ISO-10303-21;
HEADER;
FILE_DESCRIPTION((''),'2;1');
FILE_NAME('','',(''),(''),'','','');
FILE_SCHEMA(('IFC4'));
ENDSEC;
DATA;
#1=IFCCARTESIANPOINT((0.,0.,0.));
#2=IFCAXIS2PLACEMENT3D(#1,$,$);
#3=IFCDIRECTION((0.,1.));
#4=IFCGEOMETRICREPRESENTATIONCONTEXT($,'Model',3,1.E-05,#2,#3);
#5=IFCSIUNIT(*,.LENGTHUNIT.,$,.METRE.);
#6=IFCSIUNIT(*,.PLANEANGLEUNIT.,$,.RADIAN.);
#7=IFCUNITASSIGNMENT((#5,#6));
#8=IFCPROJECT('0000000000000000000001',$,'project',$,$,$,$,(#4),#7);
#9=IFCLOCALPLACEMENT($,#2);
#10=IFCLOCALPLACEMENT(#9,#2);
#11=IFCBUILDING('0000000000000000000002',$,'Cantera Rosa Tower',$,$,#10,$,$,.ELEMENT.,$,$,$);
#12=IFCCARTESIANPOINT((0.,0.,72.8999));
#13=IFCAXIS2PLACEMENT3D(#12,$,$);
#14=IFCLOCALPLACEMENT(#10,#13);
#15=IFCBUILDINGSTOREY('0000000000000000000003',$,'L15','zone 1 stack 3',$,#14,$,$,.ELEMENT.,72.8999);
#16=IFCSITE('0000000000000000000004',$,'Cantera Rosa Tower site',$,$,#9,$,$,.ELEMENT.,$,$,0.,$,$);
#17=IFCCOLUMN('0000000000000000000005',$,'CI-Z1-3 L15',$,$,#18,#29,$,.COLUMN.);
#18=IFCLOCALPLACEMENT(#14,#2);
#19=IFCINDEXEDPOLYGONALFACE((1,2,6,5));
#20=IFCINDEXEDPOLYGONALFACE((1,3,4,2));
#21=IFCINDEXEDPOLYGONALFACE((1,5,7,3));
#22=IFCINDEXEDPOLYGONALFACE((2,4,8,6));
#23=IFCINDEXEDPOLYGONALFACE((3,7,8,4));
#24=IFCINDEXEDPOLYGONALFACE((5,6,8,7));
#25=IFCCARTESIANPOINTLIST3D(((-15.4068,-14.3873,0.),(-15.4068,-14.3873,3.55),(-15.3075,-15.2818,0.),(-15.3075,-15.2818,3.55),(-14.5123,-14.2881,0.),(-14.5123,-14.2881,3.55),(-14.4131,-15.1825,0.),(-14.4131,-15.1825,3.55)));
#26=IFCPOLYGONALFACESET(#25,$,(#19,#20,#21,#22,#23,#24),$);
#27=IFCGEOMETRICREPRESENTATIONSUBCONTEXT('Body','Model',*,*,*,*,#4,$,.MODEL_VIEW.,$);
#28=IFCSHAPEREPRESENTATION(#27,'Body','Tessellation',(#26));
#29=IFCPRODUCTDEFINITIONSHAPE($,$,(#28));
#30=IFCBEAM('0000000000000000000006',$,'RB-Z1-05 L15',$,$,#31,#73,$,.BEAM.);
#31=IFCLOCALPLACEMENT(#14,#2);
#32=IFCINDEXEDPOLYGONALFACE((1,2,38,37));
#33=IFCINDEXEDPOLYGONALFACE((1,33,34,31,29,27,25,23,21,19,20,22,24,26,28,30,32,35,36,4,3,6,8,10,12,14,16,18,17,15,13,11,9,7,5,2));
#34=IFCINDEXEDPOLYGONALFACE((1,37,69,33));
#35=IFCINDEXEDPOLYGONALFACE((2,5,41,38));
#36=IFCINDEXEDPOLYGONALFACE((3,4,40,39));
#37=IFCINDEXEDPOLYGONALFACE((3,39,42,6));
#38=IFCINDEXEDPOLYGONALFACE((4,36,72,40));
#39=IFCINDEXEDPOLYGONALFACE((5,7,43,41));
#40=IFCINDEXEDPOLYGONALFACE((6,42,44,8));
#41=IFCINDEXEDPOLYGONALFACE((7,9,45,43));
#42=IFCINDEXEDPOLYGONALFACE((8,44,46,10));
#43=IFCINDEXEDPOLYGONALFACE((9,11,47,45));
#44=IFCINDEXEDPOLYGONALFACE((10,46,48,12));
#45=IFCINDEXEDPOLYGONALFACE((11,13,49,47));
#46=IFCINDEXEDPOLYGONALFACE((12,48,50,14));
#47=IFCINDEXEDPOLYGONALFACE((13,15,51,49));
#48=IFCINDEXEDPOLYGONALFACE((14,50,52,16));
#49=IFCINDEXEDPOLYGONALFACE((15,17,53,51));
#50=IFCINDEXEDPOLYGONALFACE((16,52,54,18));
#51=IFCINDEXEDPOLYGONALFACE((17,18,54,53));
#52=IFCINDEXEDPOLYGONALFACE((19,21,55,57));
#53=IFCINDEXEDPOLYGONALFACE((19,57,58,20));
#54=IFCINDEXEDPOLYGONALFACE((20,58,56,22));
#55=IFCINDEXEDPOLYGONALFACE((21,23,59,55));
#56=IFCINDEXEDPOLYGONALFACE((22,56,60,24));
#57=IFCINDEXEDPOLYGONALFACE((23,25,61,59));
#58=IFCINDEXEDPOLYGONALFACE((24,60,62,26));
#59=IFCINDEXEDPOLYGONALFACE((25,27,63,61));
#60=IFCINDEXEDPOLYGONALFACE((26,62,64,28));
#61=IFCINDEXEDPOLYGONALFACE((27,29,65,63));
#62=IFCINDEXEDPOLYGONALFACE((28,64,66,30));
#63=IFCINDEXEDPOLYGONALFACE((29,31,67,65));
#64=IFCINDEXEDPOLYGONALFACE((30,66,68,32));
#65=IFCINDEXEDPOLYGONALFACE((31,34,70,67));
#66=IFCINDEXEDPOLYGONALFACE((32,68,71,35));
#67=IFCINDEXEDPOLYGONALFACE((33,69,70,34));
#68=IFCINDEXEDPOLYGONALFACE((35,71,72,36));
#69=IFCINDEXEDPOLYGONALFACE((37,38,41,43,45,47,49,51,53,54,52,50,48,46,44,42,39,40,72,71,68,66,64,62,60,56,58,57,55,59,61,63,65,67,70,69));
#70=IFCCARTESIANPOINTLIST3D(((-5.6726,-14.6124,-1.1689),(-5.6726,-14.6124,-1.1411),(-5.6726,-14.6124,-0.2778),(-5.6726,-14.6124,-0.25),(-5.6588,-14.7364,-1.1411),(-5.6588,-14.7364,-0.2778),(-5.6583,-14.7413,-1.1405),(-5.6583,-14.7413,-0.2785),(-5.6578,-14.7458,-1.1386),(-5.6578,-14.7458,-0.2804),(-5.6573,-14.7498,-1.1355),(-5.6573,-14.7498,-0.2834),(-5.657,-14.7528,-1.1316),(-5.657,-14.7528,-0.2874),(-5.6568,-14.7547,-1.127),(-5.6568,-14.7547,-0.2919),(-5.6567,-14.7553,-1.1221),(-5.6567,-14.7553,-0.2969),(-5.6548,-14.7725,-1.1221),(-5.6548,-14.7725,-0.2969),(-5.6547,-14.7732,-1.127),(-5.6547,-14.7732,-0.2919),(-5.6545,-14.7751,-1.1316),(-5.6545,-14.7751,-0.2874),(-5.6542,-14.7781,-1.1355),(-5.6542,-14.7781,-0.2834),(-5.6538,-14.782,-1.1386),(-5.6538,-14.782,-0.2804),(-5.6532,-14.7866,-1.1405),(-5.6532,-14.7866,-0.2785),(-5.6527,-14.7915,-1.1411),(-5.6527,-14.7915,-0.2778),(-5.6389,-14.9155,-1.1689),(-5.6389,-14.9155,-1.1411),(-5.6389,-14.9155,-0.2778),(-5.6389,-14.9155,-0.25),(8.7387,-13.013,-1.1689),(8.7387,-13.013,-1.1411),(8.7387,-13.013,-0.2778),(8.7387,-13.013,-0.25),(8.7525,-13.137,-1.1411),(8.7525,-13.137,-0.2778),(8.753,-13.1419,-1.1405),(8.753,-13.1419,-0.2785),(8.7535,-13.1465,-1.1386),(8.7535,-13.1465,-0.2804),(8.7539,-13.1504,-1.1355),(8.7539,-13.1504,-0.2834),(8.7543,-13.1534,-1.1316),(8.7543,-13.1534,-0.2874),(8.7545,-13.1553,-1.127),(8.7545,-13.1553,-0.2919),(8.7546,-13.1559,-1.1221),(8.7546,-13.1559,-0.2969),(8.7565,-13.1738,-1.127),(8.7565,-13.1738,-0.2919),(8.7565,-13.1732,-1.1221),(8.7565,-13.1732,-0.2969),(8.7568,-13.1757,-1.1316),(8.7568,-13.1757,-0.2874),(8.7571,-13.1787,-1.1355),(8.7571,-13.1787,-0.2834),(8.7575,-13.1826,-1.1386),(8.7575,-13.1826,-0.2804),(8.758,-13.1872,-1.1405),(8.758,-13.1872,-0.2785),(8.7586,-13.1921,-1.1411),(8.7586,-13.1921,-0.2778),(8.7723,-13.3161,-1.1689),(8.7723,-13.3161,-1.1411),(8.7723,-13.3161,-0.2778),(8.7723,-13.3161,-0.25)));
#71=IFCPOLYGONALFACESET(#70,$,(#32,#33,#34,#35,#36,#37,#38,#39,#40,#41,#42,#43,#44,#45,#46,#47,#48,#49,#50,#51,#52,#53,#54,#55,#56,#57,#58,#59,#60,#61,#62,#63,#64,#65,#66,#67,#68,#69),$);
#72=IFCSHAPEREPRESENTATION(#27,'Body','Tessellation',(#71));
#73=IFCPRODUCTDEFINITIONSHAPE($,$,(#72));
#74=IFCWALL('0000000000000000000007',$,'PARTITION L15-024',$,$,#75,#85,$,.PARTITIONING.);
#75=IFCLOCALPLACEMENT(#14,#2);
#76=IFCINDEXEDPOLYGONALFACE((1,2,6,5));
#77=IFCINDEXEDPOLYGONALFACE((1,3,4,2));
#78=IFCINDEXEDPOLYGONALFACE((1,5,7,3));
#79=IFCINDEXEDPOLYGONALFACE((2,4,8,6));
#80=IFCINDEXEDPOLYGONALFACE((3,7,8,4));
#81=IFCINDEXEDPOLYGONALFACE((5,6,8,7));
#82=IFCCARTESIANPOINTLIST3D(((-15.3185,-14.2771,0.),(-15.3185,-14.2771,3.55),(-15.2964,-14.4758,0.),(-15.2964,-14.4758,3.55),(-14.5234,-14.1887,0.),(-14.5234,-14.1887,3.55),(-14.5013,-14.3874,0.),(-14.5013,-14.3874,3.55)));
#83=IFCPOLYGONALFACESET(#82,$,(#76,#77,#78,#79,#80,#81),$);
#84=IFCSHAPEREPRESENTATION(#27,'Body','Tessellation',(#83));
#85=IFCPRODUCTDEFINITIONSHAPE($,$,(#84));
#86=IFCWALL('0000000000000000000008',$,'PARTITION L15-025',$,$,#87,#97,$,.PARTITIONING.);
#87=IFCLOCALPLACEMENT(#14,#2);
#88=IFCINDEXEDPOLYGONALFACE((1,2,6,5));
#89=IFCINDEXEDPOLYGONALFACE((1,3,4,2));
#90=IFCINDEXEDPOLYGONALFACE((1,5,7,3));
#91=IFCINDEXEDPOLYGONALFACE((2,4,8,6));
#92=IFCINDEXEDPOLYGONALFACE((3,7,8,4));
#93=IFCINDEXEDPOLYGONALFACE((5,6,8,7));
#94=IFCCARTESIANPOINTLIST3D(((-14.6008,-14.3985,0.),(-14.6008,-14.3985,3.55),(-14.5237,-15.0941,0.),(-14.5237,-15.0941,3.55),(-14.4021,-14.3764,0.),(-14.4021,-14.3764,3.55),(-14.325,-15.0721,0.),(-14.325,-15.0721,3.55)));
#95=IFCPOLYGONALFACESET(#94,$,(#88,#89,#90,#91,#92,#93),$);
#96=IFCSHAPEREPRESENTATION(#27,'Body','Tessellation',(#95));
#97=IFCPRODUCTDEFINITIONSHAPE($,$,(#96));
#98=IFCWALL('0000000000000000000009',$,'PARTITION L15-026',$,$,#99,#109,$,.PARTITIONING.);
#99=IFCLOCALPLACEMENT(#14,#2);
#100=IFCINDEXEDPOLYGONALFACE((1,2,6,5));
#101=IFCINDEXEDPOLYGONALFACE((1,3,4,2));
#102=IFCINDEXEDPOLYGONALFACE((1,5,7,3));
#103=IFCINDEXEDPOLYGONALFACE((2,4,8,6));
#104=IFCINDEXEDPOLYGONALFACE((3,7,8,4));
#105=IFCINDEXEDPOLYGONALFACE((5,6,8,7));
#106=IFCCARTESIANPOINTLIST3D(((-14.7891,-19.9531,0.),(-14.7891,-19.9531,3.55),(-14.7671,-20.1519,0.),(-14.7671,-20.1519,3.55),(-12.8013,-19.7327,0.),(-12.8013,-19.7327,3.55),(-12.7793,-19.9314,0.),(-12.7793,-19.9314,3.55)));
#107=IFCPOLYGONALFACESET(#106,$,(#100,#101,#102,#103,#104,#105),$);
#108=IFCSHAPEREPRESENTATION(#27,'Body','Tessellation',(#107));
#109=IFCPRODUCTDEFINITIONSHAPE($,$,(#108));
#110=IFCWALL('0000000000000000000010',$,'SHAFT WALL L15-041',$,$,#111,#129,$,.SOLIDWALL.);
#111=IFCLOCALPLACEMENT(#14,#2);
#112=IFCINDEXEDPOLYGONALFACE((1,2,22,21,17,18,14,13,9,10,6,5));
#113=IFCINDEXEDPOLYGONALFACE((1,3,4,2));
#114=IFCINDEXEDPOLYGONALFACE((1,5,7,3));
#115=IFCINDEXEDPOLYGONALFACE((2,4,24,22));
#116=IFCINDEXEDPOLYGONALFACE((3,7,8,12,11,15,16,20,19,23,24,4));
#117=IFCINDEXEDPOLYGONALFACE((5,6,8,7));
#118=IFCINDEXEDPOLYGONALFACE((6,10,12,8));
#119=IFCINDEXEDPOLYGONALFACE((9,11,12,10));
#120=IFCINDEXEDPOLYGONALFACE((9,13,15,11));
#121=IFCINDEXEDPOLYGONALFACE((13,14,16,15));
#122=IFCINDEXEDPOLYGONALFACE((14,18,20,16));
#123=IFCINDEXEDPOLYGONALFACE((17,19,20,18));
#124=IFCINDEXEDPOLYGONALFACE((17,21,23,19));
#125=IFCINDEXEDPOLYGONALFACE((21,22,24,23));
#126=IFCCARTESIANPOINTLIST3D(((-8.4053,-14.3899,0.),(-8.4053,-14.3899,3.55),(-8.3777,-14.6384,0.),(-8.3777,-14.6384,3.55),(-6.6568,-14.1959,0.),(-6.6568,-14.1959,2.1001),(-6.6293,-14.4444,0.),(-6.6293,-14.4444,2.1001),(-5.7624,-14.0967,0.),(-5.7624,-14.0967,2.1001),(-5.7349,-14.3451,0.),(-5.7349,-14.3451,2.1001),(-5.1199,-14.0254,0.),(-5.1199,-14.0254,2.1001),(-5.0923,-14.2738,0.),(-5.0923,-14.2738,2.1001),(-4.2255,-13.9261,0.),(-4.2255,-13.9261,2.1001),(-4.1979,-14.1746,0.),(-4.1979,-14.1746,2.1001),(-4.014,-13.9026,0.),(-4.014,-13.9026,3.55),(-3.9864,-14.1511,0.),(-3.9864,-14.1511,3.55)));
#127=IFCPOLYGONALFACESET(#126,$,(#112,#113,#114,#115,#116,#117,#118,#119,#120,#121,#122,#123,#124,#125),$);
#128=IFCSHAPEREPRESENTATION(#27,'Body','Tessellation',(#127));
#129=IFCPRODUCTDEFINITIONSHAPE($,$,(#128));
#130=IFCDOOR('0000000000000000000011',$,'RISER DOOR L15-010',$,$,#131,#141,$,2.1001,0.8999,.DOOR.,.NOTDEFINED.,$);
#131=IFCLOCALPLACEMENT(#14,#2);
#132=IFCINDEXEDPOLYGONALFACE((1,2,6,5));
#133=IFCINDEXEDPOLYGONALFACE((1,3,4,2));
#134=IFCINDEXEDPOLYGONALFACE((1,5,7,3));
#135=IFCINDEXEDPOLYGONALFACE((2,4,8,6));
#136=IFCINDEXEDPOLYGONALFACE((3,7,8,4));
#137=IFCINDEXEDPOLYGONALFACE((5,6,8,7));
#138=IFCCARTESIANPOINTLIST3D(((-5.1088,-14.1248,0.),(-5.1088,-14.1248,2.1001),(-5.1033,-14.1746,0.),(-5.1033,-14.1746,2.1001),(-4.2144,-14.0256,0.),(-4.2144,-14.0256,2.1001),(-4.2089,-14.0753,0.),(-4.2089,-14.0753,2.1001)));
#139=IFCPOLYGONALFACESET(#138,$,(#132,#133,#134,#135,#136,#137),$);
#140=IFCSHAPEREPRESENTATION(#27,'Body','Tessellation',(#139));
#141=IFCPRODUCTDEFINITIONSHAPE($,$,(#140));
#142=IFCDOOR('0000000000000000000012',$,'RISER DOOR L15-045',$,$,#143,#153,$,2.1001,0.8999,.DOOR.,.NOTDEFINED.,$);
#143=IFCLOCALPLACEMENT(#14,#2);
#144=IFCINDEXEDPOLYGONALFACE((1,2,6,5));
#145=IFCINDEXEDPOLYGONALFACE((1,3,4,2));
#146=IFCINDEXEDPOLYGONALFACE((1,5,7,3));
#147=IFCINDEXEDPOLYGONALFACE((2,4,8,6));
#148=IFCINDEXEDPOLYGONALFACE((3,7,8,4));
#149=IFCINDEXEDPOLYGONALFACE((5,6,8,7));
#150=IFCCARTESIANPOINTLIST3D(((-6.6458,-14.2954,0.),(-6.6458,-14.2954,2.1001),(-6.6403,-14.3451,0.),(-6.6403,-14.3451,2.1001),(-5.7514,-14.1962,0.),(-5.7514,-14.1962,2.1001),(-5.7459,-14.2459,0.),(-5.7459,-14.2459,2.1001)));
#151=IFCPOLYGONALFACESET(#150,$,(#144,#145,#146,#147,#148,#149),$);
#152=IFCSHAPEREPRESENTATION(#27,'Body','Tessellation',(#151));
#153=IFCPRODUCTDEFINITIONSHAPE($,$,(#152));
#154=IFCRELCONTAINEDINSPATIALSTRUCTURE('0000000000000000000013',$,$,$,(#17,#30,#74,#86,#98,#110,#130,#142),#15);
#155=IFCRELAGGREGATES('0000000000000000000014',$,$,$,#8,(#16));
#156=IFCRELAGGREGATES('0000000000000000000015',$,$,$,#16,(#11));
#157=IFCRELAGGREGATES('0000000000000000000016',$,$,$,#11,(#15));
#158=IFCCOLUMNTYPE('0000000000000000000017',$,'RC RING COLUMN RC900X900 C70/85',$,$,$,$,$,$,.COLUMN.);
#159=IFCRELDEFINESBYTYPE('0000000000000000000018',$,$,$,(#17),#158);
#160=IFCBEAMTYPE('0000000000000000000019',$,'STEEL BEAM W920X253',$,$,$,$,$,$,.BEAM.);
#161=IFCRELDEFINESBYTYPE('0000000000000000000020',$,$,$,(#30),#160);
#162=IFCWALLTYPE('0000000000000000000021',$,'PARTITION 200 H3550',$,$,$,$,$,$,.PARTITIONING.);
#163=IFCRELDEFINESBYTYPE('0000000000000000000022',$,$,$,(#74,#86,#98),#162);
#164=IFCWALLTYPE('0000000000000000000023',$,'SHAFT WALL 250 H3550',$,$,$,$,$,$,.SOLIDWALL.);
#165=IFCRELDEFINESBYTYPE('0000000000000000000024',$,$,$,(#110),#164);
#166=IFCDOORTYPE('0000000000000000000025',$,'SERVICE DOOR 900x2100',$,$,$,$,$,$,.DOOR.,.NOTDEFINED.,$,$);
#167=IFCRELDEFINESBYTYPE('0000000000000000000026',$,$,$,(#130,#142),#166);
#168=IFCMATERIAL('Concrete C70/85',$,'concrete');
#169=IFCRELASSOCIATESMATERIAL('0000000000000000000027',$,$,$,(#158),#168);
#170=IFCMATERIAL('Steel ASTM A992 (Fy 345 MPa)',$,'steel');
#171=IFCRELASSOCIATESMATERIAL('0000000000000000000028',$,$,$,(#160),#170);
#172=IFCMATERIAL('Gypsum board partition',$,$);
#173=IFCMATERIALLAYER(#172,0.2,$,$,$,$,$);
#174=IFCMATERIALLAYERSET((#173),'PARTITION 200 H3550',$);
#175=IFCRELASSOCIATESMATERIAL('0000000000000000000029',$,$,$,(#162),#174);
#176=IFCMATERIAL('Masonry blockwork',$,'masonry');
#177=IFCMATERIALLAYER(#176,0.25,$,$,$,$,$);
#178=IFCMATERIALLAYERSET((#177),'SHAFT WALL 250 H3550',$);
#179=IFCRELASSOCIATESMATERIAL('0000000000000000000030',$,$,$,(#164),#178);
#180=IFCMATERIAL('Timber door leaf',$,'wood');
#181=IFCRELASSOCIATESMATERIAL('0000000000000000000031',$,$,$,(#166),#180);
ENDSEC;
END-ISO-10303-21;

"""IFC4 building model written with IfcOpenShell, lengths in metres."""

from ifc_helpers import new_model, si_unit, direction, frame, frame_2d, origin, origin_2d, place, context, subcontext, project, spatial, rectangle, i_section, extrude, material, layer, layer_set, material_profile, profile_set, type_object, element, fill, save


model = new_model("IFC4")

# Units and contexts
model_context = context("Model", 3, precision=1e-05, world=origin(), true_north=direction((0.0, 1.0)))
body_context = subcontext(model_context, "Body", "Model", "MODEL_VIEW")
ifc_project = project(units=[si_unit("LENGTHUNIT", "METRE"), si_unit("PLANEANGLEUNIT", "RADIAN")], contexts=[model_context])

# Site, building, storey
site_placement = place(None, origin())
site = spatial("IfcSite", under=ifc_project, at=site_placement, Name="Cantera Rosa Tower site", CompositionType="ELEMENT", RefElevation=0.0)
building_placement = place(site_placement, origin())
building = spatial("IfcBuilding", under=site, at=building_placement, Name="Cantera Rosa Tower", CompositionType="ELEMENT")
storey_placement = place(building_placement, frame((0.0, 0.0, 72.8999)))
storey = spatial("IfcBuildingStorey", under=building, at=storey_placement, Name="L15", Description="zone 1 stack 3", CompositionType="ELEMENT", Elevation=72.8999)

# Column
ifc_material_1 = material(Name="Concrete C70/85", Category="concrete")
ifc_material_profile_1 = material_profile(ifc_material_1, rectangle(XDim=0.8999, YDim=0.8999, at=origin_2d()), Name="RC RING COLUMN RC900X900 C70/85")
ifc_profile_set_1 = profile_set([ifc_material_profile_1], Name="Concrete C70/85")
column_type = type_object("IfcColumnType", Name="RC RING COLUMN RC900X900 C70/85", PredefinedType="COLUMN", material=ifc_profile_set_1)
column_placement = place(storey_placement, frame((-14.9099, -14.7849, 0.0), z_axis=(0.0, 0.0, 1.0), x_axis=(0.993897, 0.110313, 0.0)))
element("IfcColumn", 1, at=column_placement, inside=storey, type_object=column_type, Name="CI-Z1-3 L15", PredefinedType="COLUMN", context=body_context, shape_type="SweptSolid", body=[
    extrude(rectangle(XDim=0.8999, YDim=0.8999, at=origin_2d()), origin(), (0.0, 0.0, 1.0), 3.55),
])

# Beam
ifc_material_2 = material(Name="Steel ASTM A992 (Fy 345 MPa)", Category="steel")
ifc_material_profile_2 = material_profile(ifc_material_2, i_section(OverallWidth=0.3049, OverallDepth=0.9189, WebThickness=0.0173, FlangeThickness=0.0278, FilletRadius=0.019, at=origin_2d()), Name="W920X253")
ifc_profile_set_2 = profile_set([ifc_material_profile_2], Name="Steel ASTM A992 (Fy 345 MPa)")
beam_type = type_object("IfcBeamType", Name="STEEL BEAM W920X253", PredefinedType="BEAM", material=ifc_profile_set_2)
beam_placement = place(storey_placement, frame((-5.6558, -14.7639, -0.7095), z_axis=(0.993898, 0.110302, 0.0), x_axis=(-0.110302, 0.993898, 0.0)))
element("IfcBeam", 2, at=beam_placement, inside=storey, type_object=beam_type, Name="RB-Z1-05 L15", PredefinedType="BEAM", context=body_context, shape_type="SweptSolid", body=[
    extrude(i_section(OverallWidth=0.3049, OverallDepth=0.9189, WebThickness=0.0173, FlangeThickness=0.0278, FilletRadius=0.019, at=origin_2d()), origin(), (0.0, 0.0, 1.0), 14.4998),
])

# Walls
ifc_material_3 = material(Name="Gypsum board partition")
ifc_layer_1 = layer(ifc_material_3, 0.2)
ifc_layer_set_1 = layer_set([ifc_layer_1], Name="PARTITION 200 H3550")
wall_type_1 = type_object("IfcWallType", Name="PARTITION 200 H3550", PredefinedType="PARTITIONING", material=ifc_layer_set_1)
wall_1_placement = place(storey_placement, frame((-14.5125, -14.2881, 0.0), z_axis=(0.0, 0.0, 1.0), x_axis=(-0.99388, -0.110465, 0.0)))
element("IfcWall", 3, at=wall_1_placement, inside=storey, type_object=wall_type_1, Name="PARTITION L15-024", PredefinedType="PARTITIONING", context=body_context, shape_type="SweptSolid", body=[
    extrude(rectangle(XDim=0.8, YDim=0.2, at=frame_2d((0.3999, 0.0))), origin(), (0.0, 0.0, 1.0), 3.55),
])
wall_2_placement = place(storey_placement, frame((-14.4243, -15.0833, 0.0), z_axis=(0.0, 0.0, 1.0), x_axis=(-0.110202, 0.993909, 0.0)))
element("IfcWall", 4, at=wall_2_placement, inside=storey, type_object=wall_type_1, Name="PARTITION L15-025", PredefinedType="PARTITIONING", context=body_context, shape_type="SweptSolid", body=[
    extrude(rectangle(XDim=0.7, YDim=0.2, at=frame_2d((0.3501, 0.0))), origin(), (0.0, 0.0, 1.0), 3.55),
])
wall_3_placement = place(storey_placement, frame((-12.7903, -19.832, 0.0), z_axis=(0.0, 0.0, 1.0), x_axis=(-0.993906, -0.110231, 0.0)))
element("IfcWall", 5, at=wall_3_placement, inside=storey, type_object=wall_type_1, Name="PARTITION L15-026", PredefinedType="PARTITIONING", context=body_context, shape_type="SweptSolid", body=[
    extrude(rectangle(XDim=2.0, YDim=0.2, at=frame_2d((1.0, 0.0))), origin(), (0.0, 0.0, 1.0), 3.55),
])

# Wall, openings, doors
ifc_material_4 = material(Name="Masonry blockwork", Category="masonry")
ifc_layer_2 = layer(ifc_material_4, 0.25)
ifc_layer_set_2 = layer_set([ifc_layer_2], Name="SHAFT WALL 250 H3550")
wall_type_2 = type_object("IfcWallType", Name="SHAFT WALL 250 H3550", PredefinedType="SOLIDWALL", material=ifc_layer_set_2)
wall_4_placement = place(storey_placement, frame((-8.3914, -14.5142, 0.0), z_axis=(0.0, 0.0, 1.0), x_axis=(0.993899, 0.110292, 0.0)))
wall_4 = element("IfcWall", 6, at=wall_4_placement, inside=storey, type_object=wall_type_2, Name="SHAFT WALL L15-041", PredefinedType="SOLIDWALL", context=body_context, shape_type="SweptSolid", body=[
    extrude(rectangle(XDim=4.4182, YDim=0.25, at=frame_2d((2.209, 0.0))), origin(), (0.0, 0.0, 1.0), 3.55),
])
opening_1_placement = place(wall_4_placement, frame((3.3054, 0.0, 0.0)))
opening_1 = element("IfcOpeningElement", 7, at=opening_1_placement, cuts=wall_4, PredefinedType="OPENING", context=body_context, shape_type="SweptSolid", body=[
    extrude(rectangle(XDim=0.8999, YDim=2.1001, at=frame_2d((0.45, 1.05))), frame((0.0, 0.135, 0.0), z_axis=(0.0, -1.0, 0.0), x_axis=(1.0, 0.0, 0.0)), (0.0, 0.0, 1.0), 0.27),
])
opening_2_placement = place(wall_4_placement, frame((1.759, 0.0, 0.0)))
opening_2 = element("IfcOpeningElement", 8, at=opening_2_placement, cuts=wall_4, PredefinedType="OPENING", context=body_context, shape_type="SweptSolid", body=[
    extrude(rectangle(XDim=0.8999, YDim=2.1001, at=frame_2d((0.45, 1.05))), frame((0.0, 0.135, 0.0), z_axis=(0.0, -1.0, 0.0), x_axis=(1.0, 0.0, 0.0)), (0.0, 0.0, 1.0), 0.27),
])
ifc_material_5 = material(Name="Timber door leaf", Category="wood")
door_type_1 = type_object("IfcDoorType", Name="SERVICE DOOR 900x2100", OperationType="NOTDEFINED", PredefinedType="DOOR", material=ifc_material_5)
door_1_placement = place(opening_1_placement, origin())
door_1 = element("IfcDoor", 9, at=door_1_placement, inside=storey, type_object=door_type_1, Name="RISER DOOR L15-010", OperationType="NOTDEFINED", OverallHeight=2.1001, OverallWidth=0.8999, PredefinedType="DOOR", context=body_context, shape_type="SweptSolid", body=[
    extrude(rectangle(XDim=0.8999, YDim=2.1001, at=frame_2d((0.45, 1.05))), frame((0.0, 0.0249, 0.0), z_axis=(0.0, -1.0, 0.0), x_axis=(1.0, 0.0, 0.0)), (0.0, 0.0, 1.0), 0.05),
])
fill(opening_1, door_1)
door_2_placement = place(opening_2_placement, origin())
door_2 = element("IfcDoor", 10, at=door_2_placement, inside=storey, type_object=door_type_1, Name="RISER DOOR L15-045", OperationType="NOTDEFINED", OverallHeight=2.1001, OverallWidth=0.8999, PredefinedType="DOOR", context=body_context, shape_type="SweptSolid", body=[
    extrude(rectangle(XDim=0.8999, YDim=2.1001, at=frame_2d((0.45, 1.05))), frame((0.0, 0.0249, 0.0), z_axis=(0.0, -1.0, 0.0), x_axis=(1.0, 0.0, 0.0)), (0.0, 0.0, 1.0), 0.05),
])
fill(opening_2, door_2)

save(model, "model.ifc")
